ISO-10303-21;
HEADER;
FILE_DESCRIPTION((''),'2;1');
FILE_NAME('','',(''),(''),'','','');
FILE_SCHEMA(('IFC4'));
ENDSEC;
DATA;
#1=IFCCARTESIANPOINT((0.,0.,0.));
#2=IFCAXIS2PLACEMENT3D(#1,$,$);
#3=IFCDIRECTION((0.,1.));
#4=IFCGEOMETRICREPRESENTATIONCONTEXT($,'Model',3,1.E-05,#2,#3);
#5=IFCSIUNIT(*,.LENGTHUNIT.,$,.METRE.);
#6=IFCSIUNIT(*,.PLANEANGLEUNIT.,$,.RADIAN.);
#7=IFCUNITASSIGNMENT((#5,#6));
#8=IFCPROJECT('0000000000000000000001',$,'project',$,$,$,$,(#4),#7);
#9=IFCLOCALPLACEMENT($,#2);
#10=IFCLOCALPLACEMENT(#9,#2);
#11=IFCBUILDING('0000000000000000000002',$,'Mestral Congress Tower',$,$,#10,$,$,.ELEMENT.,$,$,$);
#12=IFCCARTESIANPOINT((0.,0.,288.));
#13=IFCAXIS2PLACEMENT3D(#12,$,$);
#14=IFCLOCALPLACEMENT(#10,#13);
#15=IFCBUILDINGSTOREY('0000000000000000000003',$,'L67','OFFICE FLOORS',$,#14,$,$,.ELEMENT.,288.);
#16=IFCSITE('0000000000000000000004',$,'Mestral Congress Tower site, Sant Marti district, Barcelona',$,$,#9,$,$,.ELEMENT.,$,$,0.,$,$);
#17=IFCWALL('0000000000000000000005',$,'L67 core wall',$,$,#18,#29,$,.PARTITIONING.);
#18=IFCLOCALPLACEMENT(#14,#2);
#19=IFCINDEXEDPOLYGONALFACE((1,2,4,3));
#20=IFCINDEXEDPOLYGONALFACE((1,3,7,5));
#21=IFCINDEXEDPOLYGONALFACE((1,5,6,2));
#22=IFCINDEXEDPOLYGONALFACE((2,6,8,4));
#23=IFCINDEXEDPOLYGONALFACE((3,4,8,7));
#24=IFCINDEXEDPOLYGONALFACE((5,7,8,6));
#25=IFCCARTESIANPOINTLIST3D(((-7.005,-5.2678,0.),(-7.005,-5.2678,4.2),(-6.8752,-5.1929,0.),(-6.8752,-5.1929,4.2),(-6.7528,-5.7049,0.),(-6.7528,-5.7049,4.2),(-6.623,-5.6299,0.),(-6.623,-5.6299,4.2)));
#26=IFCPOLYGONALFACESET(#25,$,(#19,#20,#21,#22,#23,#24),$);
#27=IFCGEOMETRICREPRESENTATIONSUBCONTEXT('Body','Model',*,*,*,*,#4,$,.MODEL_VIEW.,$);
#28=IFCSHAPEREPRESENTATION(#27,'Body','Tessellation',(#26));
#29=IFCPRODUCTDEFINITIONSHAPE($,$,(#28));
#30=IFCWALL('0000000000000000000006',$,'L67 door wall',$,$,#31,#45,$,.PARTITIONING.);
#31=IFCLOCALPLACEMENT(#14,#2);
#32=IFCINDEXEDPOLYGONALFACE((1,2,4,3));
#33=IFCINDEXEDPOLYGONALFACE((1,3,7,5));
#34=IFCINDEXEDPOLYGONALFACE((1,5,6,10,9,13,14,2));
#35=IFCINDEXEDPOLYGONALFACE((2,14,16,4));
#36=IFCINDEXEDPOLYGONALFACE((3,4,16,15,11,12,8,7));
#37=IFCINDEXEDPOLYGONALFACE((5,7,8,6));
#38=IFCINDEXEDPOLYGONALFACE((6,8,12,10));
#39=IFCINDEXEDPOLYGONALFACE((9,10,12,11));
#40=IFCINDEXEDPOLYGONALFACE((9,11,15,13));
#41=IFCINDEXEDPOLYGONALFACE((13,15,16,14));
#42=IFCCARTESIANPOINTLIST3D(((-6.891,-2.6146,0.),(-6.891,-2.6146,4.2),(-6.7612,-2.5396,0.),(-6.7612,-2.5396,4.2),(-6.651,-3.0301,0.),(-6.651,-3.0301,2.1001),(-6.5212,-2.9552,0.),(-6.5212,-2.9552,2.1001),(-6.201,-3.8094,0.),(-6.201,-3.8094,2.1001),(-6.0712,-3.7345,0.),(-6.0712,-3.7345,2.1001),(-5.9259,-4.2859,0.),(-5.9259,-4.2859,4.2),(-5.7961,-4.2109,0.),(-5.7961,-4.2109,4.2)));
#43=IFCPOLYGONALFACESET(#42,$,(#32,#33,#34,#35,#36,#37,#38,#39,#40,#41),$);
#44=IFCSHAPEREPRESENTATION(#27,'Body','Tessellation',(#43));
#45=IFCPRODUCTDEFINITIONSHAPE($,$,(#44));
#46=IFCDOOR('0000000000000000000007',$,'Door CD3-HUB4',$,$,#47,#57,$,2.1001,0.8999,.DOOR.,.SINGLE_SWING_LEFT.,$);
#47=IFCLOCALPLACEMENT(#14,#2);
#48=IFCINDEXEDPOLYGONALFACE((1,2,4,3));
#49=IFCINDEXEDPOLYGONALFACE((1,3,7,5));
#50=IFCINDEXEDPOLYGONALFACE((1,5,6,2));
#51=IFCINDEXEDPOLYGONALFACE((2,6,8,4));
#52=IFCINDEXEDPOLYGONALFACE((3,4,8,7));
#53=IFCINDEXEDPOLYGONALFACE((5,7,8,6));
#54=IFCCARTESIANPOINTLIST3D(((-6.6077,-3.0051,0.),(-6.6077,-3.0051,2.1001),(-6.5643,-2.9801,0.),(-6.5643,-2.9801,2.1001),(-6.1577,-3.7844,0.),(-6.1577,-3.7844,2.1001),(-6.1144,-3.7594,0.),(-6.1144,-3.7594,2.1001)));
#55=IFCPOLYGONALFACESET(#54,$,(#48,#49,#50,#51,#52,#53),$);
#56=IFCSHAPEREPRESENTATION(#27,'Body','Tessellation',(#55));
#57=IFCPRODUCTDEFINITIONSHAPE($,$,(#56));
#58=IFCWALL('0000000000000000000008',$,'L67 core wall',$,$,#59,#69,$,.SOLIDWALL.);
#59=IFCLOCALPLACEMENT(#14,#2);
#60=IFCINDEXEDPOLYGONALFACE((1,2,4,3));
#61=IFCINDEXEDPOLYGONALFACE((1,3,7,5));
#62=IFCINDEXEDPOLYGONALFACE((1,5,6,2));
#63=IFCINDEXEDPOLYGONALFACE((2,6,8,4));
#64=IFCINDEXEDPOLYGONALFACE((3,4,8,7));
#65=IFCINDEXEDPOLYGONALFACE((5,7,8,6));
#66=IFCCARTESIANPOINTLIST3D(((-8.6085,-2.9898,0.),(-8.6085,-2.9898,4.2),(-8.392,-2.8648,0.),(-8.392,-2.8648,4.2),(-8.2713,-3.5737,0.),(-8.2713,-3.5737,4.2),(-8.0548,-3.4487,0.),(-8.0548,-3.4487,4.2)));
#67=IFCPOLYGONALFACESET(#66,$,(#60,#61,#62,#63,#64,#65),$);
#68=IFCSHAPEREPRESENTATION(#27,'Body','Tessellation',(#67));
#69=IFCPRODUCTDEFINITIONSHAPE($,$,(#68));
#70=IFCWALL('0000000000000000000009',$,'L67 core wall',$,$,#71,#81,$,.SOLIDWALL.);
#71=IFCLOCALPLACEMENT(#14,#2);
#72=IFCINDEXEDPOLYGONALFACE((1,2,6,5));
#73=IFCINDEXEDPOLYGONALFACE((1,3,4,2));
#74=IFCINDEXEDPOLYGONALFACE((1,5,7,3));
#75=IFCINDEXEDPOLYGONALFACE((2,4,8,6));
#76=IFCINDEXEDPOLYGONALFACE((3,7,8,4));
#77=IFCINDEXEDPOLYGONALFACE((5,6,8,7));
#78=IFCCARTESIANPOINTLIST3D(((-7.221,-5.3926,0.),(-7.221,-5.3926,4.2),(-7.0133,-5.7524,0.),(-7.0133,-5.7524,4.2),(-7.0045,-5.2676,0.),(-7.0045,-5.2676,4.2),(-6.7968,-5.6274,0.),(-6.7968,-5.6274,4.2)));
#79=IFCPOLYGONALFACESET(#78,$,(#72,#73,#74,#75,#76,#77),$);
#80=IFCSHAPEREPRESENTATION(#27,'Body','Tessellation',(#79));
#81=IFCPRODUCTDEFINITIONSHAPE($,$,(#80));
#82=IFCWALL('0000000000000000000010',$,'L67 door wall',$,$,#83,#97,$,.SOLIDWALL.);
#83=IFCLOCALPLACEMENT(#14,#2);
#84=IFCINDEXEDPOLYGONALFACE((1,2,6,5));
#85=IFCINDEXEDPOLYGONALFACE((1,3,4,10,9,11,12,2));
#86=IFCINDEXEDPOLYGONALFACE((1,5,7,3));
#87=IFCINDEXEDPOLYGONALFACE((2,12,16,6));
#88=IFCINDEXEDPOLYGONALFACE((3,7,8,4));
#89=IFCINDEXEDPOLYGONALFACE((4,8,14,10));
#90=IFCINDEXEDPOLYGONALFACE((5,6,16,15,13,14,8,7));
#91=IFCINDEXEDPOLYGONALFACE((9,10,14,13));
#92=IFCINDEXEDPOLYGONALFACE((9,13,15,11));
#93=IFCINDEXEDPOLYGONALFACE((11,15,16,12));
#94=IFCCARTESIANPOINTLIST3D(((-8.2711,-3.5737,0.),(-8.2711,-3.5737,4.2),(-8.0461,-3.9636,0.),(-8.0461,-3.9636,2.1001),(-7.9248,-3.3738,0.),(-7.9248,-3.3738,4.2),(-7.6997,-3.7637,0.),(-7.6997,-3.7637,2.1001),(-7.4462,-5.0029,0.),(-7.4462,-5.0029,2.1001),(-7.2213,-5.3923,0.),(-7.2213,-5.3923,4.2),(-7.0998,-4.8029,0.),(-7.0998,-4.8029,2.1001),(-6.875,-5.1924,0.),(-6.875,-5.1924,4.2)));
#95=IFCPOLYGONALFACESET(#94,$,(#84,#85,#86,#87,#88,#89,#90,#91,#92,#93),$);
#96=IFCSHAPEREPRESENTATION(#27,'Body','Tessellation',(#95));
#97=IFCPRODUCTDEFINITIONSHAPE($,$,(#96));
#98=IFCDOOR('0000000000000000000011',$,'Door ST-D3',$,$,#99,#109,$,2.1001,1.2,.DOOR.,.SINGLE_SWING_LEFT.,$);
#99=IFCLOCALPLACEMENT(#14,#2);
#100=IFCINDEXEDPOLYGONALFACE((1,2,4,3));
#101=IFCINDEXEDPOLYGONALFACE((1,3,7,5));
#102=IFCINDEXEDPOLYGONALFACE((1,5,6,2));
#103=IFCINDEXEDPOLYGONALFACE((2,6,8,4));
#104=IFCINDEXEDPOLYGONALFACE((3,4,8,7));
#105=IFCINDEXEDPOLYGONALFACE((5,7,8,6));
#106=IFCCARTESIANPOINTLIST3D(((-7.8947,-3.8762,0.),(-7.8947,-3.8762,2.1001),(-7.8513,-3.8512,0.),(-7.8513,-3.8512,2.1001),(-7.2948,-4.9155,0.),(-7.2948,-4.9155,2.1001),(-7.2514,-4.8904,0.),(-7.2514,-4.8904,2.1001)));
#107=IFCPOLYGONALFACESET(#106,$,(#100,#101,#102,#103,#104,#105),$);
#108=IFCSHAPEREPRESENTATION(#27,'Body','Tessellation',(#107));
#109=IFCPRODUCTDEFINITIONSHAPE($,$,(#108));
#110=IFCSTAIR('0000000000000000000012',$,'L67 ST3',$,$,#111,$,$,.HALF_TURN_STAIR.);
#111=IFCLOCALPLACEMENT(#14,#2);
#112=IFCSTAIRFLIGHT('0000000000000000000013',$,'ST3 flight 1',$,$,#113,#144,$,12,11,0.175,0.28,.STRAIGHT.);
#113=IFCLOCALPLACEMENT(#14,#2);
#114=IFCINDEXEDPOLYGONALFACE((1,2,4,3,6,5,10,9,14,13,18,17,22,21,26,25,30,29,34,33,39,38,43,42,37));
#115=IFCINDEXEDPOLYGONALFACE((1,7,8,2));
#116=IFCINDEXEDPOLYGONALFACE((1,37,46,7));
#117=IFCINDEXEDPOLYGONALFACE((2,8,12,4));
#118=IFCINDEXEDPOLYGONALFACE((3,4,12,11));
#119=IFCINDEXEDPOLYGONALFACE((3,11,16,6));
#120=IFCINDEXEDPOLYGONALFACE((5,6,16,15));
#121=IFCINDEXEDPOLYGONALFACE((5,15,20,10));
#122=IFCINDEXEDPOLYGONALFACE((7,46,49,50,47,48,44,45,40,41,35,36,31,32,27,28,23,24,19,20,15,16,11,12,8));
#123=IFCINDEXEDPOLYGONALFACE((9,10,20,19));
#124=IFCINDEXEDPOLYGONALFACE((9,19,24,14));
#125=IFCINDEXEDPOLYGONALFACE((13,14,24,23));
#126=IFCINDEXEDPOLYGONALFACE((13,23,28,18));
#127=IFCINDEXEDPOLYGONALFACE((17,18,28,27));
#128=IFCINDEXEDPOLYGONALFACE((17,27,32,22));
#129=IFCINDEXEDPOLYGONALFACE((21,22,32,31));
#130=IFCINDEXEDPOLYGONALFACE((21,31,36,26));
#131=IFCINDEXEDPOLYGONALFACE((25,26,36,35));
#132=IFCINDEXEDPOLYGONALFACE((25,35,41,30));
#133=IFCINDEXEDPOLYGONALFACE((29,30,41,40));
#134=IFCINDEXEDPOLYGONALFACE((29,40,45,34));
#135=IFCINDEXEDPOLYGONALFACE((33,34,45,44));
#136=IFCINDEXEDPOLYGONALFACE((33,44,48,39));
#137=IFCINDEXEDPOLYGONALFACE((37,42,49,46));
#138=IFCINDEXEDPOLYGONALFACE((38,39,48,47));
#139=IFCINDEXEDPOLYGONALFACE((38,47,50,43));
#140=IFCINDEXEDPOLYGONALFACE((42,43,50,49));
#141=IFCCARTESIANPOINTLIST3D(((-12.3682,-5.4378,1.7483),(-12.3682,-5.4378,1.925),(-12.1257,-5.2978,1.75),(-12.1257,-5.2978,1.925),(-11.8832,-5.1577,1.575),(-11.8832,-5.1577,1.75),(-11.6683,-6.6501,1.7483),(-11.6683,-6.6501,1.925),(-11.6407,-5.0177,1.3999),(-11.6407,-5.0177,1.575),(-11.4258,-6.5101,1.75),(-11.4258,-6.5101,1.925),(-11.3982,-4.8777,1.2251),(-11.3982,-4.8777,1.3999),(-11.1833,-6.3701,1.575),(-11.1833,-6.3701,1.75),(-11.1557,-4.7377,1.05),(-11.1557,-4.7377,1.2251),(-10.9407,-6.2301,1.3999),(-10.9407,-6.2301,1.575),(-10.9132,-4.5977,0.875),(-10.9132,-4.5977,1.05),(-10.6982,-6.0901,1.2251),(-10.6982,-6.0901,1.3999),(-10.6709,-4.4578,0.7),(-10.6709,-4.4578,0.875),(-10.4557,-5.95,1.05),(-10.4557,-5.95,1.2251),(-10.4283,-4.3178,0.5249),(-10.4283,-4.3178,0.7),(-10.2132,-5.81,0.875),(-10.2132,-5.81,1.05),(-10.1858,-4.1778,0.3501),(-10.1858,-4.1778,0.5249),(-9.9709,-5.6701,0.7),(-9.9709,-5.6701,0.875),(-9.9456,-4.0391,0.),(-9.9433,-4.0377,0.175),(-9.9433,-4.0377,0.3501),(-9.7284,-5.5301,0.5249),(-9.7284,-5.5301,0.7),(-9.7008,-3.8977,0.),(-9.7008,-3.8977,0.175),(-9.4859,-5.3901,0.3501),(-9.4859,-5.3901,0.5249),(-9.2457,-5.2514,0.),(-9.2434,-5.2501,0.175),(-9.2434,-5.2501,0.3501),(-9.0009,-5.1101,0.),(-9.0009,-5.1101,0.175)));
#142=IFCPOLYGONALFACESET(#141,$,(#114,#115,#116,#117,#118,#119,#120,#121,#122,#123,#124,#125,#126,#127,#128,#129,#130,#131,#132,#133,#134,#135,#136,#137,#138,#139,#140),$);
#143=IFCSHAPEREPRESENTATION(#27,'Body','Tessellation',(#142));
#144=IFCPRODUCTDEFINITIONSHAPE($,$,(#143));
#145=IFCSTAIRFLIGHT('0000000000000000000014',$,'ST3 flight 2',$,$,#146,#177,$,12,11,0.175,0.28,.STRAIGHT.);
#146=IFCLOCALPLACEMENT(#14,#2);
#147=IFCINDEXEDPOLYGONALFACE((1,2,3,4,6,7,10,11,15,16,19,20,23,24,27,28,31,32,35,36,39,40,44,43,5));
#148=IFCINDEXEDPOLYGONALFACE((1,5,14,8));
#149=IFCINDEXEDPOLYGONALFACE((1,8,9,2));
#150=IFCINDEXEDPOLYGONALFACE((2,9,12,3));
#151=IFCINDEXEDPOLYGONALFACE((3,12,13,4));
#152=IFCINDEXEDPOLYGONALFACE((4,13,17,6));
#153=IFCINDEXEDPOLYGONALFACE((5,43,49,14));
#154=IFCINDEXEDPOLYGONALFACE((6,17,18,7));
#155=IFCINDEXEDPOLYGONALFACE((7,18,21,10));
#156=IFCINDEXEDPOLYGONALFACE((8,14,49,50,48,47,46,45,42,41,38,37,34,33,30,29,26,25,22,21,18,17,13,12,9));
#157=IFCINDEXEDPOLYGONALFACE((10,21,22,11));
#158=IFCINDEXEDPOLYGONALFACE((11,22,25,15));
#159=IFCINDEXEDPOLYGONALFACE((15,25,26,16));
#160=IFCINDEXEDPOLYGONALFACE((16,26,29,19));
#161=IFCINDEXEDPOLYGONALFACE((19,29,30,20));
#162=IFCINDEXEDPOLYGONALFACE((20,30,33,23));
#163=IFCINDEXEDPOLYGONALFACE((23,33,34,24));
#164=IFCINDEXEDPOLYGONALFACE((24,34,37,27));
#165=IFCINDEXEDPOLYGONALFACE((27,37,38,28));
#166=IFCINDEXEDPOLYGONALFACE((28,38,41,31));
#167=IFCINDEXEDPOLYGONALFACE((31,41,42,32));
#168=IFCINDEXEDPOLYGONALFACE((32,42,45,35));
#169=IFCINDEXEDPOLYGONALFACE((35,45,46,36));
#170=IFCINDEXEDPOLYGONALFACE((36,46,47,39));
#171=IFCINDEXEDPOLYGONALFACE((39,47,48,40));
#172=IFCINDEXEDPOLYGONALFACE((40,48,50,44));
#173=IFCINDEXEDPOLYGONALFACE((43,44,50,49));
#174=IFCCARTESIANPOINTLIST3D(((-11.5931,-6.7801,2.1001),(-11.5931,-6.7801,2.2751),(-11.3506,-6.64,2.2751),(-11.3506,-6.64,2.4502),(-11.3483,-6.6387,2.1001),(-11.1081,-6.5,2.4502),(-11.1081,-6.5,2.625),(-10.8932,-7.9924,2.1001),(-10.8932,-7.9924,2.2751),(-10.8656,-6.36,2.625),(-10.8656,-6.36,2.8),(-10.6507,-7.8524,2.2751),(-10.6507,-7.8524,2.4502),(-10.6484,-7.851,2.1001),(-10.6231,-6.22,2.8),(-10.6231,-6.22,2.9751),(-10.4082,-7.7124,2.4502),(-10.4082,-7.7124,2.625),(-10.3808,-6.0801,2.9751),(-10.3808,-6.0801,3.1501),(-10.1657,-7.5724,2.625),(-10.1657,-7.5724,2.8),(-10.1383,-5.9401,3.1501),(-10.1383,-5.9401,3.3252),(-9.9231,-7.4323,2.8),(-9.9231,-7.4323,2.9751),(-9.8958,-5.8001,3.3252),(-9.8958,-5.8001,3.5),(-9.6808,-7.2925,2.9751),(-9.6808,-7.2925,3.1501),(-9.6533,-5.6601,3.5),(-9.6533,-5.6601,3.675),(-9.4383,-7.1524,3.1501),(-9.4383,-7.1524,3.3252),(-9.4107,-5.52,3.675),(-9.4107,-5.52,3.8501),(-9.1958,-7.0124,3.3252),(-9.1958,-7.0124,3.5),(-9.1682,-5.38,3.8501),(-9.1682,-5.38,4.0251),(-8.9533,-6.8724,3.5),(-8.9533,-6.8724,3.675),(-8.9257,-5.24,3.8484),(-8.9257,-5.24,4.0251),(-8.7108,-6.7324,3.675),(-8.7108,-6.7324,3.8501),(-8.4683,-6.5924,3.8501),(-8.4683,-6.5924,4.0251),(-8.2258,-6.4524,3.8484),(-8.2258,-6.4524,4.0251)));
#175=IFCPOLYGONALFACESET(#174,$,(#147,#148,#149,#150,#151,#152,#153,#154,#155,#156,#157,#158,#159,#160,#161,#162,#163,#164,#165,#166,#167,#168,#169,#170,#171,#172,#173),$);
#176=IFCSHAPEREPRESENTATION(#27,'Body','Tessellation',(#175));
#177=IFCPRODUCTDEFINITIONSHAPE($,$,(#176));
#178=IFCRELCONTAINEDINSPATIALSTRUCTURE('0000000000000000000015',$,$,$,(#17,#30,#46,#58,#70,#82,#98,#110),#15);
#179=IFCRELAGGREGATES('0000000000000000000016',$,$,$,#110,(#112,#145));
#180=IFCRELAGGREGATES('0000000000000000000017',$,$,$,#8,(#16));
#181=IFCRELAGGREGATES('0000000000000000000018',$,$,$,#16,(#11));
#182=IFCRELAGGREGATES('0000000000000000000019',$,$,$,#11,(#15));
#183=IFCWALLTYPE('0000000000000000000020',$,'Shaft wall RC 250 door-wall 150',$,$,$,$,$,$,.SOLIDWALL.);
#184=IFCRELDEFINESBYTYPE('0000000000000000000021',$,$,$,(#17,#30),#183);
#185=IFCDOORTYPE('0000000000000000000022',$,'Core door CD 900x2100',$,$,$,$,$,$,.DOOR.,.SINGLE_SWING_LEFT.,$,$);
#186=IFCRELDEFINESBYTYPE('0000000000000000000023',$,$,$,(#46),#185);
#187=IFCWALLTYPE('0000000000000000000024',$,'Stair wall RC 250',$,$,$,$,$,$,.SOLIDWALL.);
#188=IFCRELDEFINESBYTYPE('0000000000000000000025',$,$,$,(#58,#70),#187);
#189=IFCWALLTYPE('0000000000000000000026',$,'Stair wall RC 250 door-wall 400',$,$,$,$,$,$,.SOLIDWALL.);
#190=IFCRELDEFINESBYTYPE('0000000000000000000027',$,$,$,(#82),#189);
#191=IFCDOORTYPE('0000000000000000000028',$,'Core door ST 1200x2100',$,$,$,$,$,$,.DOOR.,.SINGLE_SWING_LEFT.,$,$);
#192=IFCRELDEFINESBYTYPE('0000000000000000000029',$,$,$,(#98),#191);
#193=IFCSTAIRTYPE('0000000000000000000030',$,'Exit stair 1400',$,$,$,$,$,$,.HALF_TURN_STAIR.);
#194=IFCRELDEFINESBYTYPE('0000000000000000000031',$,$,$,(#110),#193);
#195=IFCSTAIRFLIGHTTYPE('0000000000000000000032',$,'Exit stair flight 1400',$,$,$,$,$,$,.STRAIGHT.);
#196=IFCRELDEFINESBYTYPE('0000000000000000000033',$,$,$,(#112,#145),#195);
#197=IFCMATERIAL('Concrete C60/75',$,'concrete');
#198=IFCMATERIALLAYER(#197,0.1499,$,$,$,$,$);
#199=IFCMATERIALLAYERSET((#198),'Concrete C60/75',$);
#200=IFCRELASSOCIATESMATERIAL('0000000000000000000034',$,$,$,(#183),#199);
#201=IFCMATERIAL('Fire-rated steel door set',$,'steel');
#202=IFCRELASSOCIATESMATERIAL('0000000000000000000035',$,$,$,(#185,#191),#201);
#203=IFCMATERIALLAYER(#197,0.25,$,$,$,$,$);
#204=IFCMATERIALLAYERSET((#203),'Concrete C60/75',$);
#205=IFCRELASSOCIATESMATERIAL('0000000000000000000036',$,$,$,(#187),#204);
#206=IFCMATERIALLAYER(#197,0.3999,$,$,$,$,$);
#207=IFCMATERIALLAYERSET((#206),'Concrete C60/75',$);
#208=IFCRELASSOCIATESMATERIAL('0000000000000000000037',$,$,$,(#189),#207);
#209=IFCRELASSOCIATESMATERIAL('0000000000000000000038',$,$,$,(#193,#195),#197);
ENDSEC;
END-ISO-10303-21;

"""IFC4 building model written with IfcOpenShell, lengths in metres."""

from ifc_helpers import new_model, si_unit, direction, frame, frame_2d, origin, place, context, subcontext, project, spatial, polyline, rectangle, outline, extrude, material, layer, layer_set, type_object, element, fill, aggregate, save


model = new_model("IFC4")

# Units and contexts
model_context = context("Model", 3, precision=1e-05, world=origin(), true_north=direction((0.0, 1.0)))
body_context = subcontext(model_context, "Body", "Model", "MODEL_VIEW")
ifc_project = project(units=[si_unit("LENGTHUNIT", "METRE"), si_unit("PLANEANGLEUNIT", "RADIAN")], contexts=[model_context])

# Site, building, storey
site_placement = place(None, origin())
site = spatial("IfcSite", under=ifc_project, at=site_placement, Name="Mestral Congress Tower site, Sant Marti district, Barcelona", CompositionType="ELEMENT", RefElevation=0.0)
building_placement = place(site_placement, origin())
building = spatial("IfcBuilding", under=site, at=building_placement, Name="Mestral Congress Tower", CompositionType="ELEMENT")
storey_placement = place(building_placement, frame((0.0, 0.0, 288.0)))
storey = spatial("IfcBuildingStorey", under=building, at=storey_placement, Name="L67", Description="OFFICE FLOORS", CompositionType="ELEMENT", Elevation=288.0)

# Shared definitions
ifc_material_1 = material(Name="Fire-rated steel door set", Category="steel")

# Shared definitions
ifc_material_2 = material(Name="Concrete C60/75", Category="concrete")

# Wall
ifc_layer_1 = layer(ifc_material_2, 0.1499)
ifc_layer_set_1 = layer_set([ifc_layer_1], Name="Concrete C60/75")
wall_type_1 = type_object("IfcWallType", Name="Shaft wall RC 250 door-wall 150", PredefinedType="SOLIDWALL", material=ifc_layer_set_1)
wall_1_placement = place(storey_placement, frame((-6.9402, -5.2302, 0.0), z_axis=(0.0, 0.0, 1.0), x_axis=(0.499834, -0.866121, 0.0)))
element("IfcWall", 1, at=wall_1_placement, inside=storey, type_object=wall_type_1, Name="L67 core wall", PredefinedType="PARTITIONING", context=body_context, shape_type="SweptSolid", body=[
    extrude(rectangle(XDim=0.5046, YDim=0.1499, at=frame_2d((0.2524, 0.0))), origin(), (0.0, 0.0, 1.0), 4.2),
])

# Wall, opening, door
wall_2_placement = place(storey_placement, frame((-5.8611, -4.2483, 0.0), z_axis=(0.0, 0.0, 1.0), x_axis=(-0.500044, 0.866, 0.0)))
wall_2 = element("IfcWall", 2, at=wall_2_placement, inside=storey, type_object=wall_type_1, Name="L67 door wall", PredefinedType="PARTITIONING", context=body_context, shape_type="SweptSolid", body=[
    extrude(rectangle(XDim=1.9299, YDim=0.1499, at=frame_2d((0.9648, 0.0))), origin(), (0.0, 0.0, 1.0), 4.2),
])
opening_1_placement = place(wall_2_placement, frame((0.55, 0.0, 0.0)))
opening_1 = element("IfcOpeningElement", 3, at=opening_1_placement, cuts=wall_2, PredefinedType="OPENING", context=body_context, shape_type="SweptSolid", body=[
    extrude(rectangle(XDim=0.8999, YDim=2.1001, at=frame_2d((0.45, 1.05))), frame((0.0, 0.085, 0.0), z_axis=(0.0, -1.0, 0.0), x_axis=(1.0, 0.0, 0.0)), (0.0, 0.0, 1.0), 0.1699),
])
door_type_1 = type_object("IfcDoorType", Name="Core door CD 900x2100", OperationType="SINGLE_SWING_LEFT", PredefinedType="DOOR", material=ifc_material_1)
door_1_placement = place(opening_1_placement, origin())
door_1 = element("IfcDoor", 4, at=door_1_placement, inside=storey, type_object=door_type_1, Name="Door CD3-HUB4", OperationType="SINGLE_SWING_LEFT", OverallHeight=2.1001, OverallWidth=0.8999, PredefinedType="DOOR", context=body_context, shape_type="SweptSolid", body=[
    extrude(rectangle(XDim=0.8999, YDim=2.1001, at=frame_2d((0.45, 1.05))), frame((0.0, 0.0249, 0.0), z_axis=(0.0, -1.0, 0.0), x_axis=(1.0, 0.0, 0.0)), (0.0, 0.0, 1.0), 0.05),
])
fill(opening_1, door_1)

# Walls
ifc_layer_2 = layer(ifc_material_2, 0.25)
ifc_layer_set_2 = layer_set([ifc_layer_2], Name="Concrete C60/75")
wall_type_2 = type_object("IfcWallType", Name="Stair wall RC 250", PredefinedType="SOLIDWALL", material=ifc_layer_set_2)
wall_3_placement = place(storey_placement, frame((-8.1631, -3.5112, 0.0), z_axis=(0.0, 0.0, 1.0), x_axis=(-0.499994, 0.866029, 0.0)))
element("IfcWall", 5, at=wall_3_placement, inside=storey, type_object=wall_type_2, Name="L67 core wall", PredefinedType="SOLIDWALL", context=body_context, shape_type="SweptSolid", body=[
    extrude(rectangle(XDim=0.6743, YDim=0.25, at=frame_2d((0.3372, 0.0))), origin(), (0.0, 0.0, 1.0), 4.2),
])
wall_4_placement = place(storey_placement, frame((-6.905, -5.6899, 0.0), z_axis=(0.0, 0.0, 1.0), x_axis=(-0.499994, 0.866029, 0.0)))
element("IfcWall", 6, at=wall_4_placement, inside=storey, type_object=wall_type_2, Name="L67 core wall", PredefinedType="SOLIDWALL", context=body_context, shape_type="SweptSolid", body=[
    extrude(rectangle(XDim=0.4155, YDim=0.25, at=frame_2d((0.2078, 0.0))), origin(), (0.0, 0.0, 1.0), 4.2),
])

# Wall, opening, door
ifc_layer_3 = layer(ifc_material_2, 0.3999)
ifc_layer_set_3 = layer_set([ifc_layer_3], Name="Concrete C60/75")
wall_type_3 = type_object("IfcWallType", Name="Stair wall RC 250 door-wall 400", PredefinedType="SOLIDWALL", material=ifc_layer_set_3)
wall_5_placement = place(storey_placement, frame((-8.0979, -3.4739, 0.0), z_axis=(0.0, 0.0, 1.0), x_axis=(0.499941, -0.86606, 0.0)))
wall_5 = element("IfcWall", 7, at=wall_5_placement, inside=storey, type_object=wall_type_3, Name="L67 door wall", PredefinedType="SOLIDWALL", context=body_context, shape_type="SweptSolid", body=[
    extrude(rectangle(XDim=2.0999, YDim=0.3999, at=frame_2d((1.0498, 0.0))), origin(), (0.0, 0.0, 1.0), 4.2),
])
opening_2_placement = place(wall_5_placement, frame((0.45, 0.0, 0.0)))
opening_2 = element("IfcOpeningElement", 8, at=opening_2_placement, cuts=wall_5, PredefinedType="OPENING", context=body_context, shape_type="SweptSolid", body=[
    extrude(rectangle(XDim=1.2, YDim=2.1001, at=frame_2d((0.6001, 1.05))), frame((0.0, 0.21, 0.0), z_axis=(0.0, -1.0, 0.0), x_axis=(1.0, 0.0, 0.0)), (0.0, 0.0, 1.0), 0.4199),
])
door_type_2 = type_object("IfcDoorType", Name="Core door ST 1200x2100", OperationType="SINGLE_SWING_LEFT", PredefinedType="DOOR", material=ifc_material_1)
door_2_placement = place(opening_2_placement, origin())
door_2 = element("IfcDoor", 9, at=door_2_placement, inside=storey, type_object=door_type_2, Name="Door ST-D3", OperationType="SINGLE_SWING_LEFT", OverallHeight=2.1001, OverallWidth=1.2, PredefinedType="DOOR", context=body_context, shape_type="SweptSolid", body=[
    extrude(rectangle(XDim=1.2, YDim=2.1001, at=frame_2d((0.6001, 1.05))), frame((0.0, 0.0249, 0.0), z_axis=(0.0, -1.0, 0.0), x_axis=(1.0, 0.0, 0.0)), (0.0, 0.0, 1.0), 0.05),
])
fill(opening_2, door_2)

# Stair, stair flights
stair_type = type_object("IfcStairType", Name="Exit stair 1400", PredefinedType="HALF_TURN_STAIR", material=ifc_material_2)
stair_placement = place(storey_placement, origin())
stair = element("IfcStair", 10, at=stair_placement, inside=storey, type_object=stair_type, Name="L67 ST3", PredefinedType="HALF_TURN_STAIR")
stair_flight_type = type_object("IfcStairFlightType", Name="Exit stair flight 1400", PredefinedType="STRAIGHT", material=ifc_material_2)
stair_flight_1_placement = place(storey_placement, frame((-9.3508, -4.5039, 0.0), z_axis=(0.0, 0.0, 1.0), x_axis=(-0.866025, -0.5, 0.0)))
stair_flight_1 = element("IfcStairFlight", 11, at=stair_flight_1_placement, type_object=stair_flight_type, Name="ST3 flight 1", NumberOfRisers=12, NumberOfTreads=11, PredefinedType="STRAIGHT", RiserHeight=0.175, TreadLength=0.28, context=body_context, shape_type="SweptSolid", body=[
    extrude(outline(polyline([(0.0, 0.0), (0.0, 0.175), (0.28, 0.175), (0.28, 0.3501), (0.5601, 0.3501), (0.5601, 0.5249), (0.8401, 0.5249), (0.8401, 0.7), (1.1201, 0.7), (1.1201, 0.875), (1.3999, 0.875), (1.3999, 1.05), (1.6799, 1.05), (1.6799, 1.2251), (1.96, 1.2251), (1.96, 1.3999), (2.24, 1.3999), (2.24, 1.575), (2.52, 1.575), (2.52, 1.75), (2.8, 1.75), (2.8, 1.925), (3.0801, 1.925), (3.0801, 2.1001), (3.0801, 1.7483), (0.2827, 0.0), (0.0, 0.0)])), frame((0.0, 0.7, 0.0), z_axis=(0.0, -1.0, 0.0), x_axis=(1.0, 0.0, 0.0)), (0.0, 0.0, 1.0), 1.3999),
])
stair_flight_2_placement = place(storey_placement, frame((-11.2432, -7.3862, 2.1001), z_axis=(0.0, 0.0, 1.0), x_axis=(0.866025, 0.5, 0.0)))
stair_flight_2 = element("IfcStairFlight", 12, at=stair_flight_2_placement, type_object=stair_flight_type, Name="ST3 flight 2", NumberOfRisers=12, NumberOfTreads=11, PredefinedType="STRAIGHT", RiserHeight=0.175, TreadLength=0.28, context=body_context, shape_type="SweptSolid", body=[
    extrude(outline(polyline([(0.0, 0.0), (0.0, 0.175), (0.28, 0.175), (0.28, 0.3501), (0.5601, 0.3501), (0.5601, 0.5249), (0.8401, 0.5249), (0.8401, 0.7), (1.1201, 0.7), (1.1201, 0.875), (1.3999, 0.875), (1.3999, 1.05), (1.6799, 1.05), (1.6799, 1.2251), (1.96, 1.2251), (1.96, 1.3999), (2.24, 1.3999), (2.24, 1.575), (2.52, 1.575), (2.52, 1.75), (2.8, 1.75), (2.8, 1.925), (3.0801, 1.925), (3.0801, 2.1001), (3.0801, 1.7483), (0.2827, 0.0), (0.0, 0.0)])), frame((0.0, 0.7, 0.0), z_axis=(0.0, -1.0, 0.0), x_axis=(1.0, 0.0, 0.0)), (0.0, 0.0, 1.0), 1.3999),
])
aggregate(stair, [stair_flight_1, stair_flight_2])

save(model, "model.ifc")
